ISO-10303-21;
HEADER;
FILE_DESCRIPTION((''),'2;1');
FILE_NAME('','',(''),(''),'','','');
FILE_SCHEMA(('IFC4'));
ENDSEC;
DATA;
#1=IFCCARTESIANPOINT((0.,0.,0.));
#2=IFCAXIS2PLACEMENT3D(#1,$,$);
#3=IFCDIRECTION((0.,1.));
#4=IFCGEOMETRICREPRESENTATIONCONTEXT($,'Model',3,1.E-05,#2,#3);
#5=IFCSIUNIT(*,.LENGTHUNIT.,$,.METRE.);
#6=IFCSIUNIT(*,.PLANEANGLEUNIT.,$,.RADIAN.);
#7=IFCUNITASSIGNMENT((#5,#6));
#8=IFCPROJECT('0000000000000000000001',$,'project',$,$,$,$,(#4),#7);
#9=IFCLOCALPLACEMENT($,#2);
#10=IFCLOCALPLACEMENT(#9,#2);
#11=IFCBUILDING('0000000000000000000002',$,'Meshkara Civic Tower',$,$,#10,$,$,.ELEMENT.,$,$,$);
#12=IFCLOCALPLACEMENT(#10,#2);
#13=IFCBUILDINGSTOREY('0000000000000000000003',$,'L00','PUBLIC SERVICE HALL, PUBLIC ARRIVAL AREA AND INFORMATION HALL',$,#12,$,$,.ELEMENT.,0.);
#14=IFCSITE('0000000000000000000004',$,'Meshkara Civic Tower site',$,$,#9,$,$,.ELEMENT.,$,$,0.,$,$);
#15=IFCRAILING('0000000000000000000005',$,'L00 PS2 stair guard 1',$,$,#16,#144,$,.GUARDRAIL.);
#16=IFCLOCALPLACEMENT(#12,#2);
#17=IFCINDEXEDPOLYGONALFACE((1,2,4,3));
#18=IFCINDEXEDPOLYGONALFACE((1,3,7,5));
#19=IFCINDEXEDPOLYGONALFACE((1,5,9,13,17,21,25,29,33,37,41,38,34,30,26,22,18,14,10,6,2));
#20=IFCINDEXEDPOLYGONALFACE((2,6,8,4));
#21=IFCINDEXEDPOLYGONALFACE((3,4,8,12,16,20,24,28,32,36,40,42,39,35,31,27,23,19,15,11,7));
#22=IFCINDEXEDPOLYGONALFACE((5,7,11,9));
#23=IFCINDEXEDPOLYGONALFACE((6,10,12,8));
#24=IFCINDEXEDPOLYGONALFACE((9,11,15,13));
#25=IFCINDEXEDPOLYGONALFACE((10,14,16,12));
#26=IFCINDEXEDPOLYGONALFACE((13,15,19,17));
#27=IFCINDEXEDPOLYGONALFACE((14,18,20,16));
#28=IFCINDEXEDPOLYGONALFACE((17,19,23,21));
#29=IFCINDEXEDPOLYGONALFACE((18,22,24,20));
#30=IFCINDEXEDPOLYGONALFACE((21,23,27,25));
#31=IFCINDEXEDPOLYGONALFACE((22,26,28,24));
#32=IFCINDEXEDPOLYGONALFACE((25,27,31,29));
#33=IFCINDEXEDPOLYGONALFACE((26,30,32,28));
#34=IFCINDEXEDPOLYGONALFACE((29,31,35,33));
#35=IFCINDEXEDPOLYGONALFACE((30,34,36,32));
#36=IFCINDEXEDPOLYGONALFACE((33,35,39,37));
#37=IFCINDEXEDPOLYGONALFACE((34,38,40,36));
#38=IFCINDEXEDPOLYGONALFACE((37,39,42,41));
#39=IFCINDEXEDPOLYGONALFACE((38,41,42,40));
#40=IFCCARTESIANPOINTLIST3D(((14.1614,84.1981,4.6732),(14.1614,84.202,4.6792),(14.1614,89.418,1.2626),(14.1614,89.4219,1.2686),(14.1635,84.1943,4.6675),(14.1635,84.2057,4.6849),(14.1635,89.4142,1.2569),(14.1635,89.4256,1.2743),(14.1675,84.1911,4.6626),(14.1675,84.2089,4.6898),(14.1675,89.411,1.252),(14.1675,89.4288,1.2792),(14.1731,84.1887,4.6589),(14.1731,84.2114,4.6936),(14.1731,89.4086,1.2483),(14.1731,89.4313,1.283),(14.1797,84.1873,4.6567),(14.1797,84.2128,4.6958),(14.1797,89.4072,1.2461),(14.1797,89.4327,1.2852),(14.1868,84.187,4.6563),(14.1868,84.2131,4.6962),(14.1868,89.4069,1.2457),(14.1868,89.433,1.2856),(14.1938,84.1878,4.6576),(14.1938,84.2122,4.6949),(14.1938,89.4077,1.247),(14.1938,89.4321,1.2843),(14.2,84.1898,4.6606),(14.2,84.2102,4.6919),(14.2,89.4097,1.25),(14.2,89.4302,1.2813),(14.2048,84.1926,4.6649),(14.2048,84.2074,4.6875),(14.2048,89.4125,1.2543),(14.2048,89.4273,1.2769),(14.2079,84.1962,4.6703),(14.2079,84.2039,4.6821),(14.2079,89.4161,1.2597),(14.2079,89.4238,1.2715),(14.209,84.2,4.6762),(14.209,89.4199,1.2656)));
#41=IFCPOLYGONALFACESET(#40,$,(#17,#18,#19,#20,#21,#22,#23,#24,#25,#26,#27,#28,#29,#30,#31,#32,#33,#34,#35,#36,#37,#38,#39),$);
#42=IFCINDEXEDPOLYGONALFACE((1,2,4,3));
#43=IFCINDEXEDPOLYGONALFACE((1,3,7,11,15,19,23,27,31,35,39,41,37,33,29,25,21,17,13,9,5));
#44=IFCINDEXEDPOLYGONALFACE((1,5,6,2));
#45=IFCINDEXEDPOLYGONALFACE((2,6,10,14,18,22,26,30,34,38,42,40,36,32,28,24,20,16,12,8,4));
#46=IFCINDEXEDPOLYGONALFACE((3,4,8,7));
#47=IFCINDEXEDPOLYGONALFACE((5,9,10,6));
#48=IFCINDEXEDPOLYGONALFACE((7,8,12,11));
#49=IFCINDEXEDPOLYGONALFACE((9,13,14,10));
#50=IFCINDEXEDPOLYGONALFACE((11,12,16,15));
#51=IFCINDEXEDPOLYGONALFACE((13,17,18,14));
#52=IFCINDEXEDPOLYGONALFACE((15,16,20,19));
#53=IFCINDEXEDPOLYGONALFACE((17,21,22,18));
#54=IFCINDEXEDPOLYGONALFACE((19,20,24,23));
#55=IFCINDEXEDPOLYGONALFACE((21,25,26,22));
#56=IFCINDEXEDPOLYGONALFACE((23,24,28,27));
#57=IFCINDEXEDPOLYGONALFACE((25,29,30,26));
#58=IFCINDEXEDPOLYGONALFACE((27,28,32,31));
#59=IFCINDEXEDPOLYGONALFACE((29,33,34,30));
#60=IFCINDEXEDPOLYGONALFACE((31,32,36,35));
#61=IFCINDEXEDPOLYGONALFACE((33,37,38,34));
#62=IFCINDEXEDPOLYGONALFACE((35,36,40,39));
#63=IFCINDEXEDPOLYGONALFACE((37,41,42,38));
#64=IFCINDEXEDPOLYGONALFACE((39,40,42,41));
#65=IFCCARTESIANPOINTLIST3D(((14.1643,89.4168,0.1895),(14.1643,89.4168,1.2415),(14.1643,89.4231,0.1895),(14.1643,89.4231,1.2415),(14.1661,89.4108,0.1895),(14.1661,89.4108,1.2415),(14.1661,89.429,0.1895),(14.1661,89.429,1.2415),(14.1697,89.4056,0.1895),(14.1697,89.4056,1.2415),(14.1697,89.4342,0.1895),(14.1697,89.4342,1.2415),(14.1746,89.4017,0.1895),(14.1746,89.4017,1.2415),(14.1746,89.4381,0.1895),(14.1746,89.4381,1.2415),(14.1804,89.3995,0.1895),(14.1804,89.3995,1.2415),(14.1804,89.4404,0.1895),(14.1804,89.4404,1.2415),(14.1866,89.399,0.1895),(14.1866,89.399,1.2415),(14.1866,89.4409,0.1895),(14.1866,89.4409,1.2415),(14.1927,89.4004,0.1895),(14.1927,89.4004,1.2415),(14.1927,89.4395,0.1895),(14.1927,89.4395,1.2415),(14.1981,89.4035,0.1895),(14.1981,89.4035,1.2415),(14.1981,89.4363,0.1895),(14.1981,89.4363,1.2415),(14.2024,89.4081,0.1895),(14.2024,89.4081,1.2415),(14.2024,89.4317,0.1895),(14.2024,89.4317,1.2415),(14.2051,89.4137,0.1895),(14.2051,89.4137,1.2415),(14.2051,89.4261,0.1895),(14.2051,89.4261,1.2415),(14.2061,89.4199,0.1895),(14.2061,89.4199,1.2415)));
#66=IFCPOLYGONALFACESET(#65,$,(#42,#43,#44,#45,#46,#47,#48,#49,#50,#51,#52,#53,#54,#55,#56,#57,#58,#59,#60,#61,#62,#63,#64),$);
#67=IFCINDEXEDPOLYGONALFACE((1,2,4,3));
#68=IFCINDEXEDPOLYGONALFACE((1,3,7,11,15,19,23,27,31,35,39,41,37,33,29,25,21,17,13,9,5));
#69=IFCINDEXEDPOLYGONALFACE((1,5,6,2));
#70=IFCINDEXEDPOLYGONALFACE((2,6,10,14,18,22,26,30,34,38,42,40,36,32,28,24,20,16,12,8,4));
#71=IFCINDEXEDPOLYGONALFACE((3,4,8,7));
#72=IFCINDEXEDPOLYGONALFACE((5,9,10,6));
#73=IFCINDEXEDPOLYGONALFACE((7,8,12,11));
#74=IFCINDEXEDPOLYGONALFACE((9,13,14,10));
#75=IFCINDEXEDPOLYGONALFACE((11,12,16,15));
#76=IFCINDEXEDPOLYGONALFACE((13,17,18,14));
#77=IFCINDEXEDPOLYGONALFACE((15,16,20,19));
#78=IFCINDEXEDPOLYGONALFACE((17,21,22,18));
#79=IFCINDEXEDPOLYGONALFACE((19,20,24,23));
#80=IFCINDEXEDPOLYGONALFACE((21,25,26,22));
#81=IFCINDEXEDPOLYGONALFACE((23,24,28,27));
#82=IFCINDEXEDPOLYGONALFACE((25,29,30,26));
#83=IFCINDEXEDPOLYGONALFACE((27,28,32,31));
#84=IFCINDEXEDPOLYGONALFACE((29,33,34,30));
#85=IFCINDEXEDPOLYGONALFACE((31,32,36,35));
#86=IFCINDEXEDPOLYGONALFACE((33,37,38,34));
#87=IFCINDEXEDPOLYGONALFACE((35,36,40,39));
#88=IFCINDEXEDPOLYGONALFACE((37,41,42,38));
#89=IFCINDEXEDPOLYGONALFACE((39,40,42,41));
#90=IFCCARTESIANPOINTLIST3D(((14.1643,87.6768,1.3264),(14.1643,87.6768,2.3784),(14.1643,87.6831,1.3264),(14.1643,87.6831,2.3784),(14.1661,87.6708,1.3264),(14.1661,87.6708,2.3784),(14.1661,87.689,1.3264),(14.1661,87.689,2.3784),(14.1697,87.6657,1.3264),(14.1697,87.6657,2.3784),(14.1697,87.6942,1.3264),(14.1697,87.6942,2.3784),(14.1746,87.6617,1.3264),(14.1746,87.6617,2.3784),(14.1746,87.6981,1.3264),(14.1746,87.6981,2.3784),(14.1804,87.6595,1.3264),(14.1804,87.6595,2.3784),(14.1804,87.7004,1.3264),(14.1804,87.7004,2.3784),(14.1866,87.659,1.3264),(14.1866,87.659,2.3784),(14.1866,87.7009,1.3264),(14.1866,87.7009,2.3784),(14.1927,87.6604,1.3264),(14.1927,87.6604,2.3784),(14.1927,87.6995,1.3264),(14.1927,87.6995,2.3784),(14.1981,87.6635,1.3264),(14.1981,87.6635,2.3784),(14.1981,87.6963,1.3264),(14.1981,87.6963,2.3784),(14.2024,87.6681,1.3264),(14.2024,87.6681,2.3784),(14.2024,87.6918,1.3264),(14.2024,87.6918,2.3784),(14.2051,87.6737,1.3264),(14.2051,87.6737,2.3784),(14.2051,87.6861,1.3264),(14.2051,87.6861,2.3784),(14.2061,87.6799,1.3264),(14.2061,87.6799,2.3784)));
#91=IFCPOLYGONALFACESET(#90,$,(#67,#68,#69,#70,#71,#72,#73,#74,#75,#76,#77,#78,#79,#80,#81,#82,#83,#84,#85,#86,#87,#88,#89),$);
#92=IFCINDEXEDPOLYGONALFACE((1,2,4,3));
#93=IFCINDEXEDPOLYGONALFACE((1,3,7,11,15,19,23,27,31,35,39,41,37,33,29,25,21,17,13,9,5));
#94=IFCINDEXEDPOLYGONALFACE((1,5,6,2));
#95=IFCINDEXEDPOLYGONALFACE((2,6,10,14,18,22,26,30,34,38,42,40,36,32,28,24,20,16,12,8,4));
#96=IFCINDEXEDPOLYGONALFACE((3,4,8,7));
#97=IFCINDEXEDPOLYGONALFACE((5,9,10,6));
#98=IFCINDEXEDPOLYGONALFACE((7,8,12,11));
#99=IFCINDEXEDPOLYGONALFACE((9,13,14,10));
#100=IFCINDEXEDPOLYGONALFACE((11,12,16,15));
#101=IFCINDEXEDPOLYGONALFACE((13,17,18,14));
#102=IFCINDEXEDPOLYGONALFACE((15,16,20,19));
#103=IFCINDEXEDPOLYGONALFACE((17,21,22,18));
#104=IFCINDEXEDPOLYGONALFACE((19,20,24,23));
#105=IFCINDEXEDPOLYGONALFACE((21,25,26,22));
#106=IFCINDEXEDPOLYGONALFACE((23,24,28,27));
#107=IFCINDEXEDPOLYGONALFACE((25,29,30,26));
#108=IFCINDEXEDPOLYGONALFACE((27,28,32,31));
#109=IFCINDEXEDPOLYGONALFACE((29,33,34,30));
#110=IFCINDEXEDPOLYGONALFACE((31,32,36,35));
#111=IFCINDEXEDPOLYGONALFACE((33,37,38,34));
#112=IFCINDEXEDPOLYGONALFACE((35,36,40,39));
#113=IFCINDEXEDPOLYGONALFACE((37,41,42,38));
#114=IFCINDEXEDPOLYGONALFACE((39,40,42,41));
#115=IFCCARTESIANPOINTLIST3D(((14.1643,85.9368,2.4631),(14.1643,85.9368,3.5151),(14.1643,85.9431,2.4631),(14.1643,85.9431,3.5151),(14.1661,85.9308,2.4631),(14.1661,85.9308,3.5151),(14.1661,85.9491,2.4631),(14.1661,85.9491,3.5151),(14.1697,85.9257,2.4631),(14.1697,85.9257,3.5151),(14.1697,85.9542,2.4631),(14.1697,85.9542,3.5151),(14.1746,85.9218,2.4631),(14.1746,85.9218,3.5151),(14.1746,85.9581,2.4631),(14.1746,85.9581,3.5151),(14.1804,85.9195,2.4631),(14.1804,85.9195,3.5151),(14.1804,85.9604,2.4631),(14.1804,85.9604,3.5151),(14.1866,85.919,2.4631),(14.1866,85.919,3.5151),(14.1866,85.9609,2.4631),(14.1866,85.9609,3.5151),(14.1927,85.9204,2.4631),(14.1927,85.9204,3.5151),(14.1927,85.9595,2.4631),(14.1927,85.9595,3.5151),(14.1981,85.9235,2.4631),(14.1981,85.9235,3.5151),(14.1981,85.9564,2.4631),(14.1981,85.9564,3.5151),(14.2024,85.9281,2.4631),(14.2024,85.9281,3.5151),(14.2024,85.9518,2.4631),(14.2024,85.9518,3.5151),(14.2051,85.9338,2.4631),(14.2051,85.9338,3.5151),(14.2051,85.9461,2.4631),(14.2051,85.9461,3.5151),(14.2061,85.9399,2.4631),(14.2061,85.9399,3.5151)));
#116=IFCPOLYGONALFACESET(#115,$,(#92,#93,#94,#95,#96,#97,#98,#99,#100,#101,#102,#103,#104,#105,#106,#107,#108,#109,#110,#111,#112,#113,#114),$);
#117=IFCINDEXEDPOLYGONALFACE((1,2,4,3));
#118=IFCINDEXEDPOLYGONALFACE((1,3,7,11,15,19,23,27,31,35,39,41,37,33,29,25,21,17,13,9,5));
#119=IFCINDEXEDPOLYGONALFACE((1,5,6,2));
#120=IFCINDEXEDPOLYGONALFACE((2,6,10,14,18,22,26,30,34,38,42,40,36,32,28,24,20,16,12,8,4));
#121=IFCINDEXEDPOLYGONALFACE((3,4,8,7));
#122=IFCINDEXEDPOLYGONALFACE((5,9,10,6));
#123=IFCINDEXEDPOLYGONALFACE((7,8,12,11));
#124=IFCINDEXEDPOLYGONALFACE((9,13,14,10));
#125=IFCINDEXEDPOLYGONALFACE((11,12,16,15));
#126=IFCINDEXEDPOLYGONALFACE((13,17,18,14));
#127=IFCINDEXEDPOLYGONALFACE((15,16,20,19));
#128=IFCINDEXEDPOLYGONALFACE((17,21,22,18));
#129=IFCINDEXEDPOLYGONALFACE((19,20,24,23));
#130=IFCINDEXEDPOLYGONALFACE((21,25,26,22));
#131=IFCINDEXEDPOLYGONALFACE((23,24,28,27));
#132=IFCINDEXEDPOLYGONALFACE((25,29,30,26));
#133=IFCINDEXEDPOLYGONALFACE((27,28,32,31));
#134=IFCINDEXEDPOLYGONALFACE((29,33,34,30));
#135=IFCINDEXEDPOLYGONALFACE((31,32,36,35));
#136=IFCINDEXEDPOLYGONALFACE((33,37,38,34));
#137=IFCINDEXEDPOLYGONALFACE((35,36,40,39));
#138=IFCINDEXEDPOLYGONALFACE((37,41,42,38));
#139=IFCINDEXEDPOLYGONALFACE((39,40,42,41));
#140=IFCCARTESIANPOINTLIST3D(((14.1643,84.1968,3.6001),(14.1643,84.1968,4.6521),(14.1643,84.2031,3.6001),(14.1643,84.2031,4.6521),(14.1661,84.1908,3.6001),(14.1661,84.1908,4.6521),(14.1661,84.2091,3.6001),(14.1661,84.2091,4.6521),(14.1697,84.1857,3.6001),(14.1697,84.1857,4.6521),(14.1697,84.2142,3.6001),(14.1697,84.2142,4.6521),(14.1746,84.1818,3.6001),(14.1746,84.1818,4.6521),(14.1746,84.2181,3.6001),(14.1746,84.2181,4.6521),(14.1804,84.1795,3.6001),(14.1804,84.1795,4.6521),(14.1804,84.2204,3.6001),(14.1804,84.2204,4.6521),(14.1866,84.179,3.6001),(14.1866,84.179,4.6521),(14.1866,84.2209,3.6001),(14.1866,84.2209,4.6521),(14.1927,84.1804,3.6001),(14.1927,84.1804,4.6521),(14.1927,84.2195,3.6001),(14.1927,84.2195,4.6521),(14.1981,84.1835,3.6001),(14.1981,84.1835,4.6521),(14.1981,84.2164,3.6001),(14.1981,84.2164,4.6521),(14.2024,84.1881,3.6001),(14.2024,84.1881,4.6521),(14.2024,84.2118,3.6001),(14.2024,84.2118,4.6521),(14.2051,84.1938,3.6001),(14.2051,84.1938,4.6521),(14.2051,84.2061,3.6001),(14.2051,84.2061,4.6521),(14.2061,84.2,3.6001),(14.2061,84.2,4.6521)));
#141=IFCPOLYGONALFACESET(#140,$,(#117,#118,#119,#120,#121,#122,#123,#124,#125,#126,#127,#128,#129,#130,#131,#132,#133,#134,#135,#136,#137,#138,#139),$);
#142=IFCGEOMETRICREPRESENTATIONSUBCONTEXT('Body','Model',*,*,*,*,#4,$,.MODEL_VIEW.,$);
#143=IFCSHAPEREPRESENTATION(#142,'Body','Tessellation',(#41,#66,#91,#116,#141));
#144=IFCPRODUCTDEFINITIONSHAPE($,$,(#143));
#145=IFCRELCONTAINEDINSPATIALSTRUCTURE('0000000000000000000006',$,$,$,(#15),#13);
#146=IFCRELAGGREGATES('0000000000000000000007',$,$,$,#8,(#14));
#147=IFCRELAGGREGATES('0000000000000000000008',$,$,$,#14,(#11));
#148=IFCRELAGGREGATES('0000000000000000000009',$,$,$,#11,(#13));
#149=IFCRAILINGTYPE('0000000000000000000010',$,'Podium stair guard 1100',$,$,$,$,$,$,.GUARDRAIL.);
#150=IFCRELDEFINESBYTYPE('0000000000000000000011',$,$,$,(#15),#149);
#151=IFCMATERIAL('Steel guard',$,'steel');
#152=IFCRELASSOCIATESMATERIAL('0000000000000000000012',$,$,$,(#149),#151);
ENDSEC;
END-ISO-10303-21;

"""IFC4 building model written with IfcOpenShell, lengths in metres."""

from ifc_helpers import new_model, si_unit, direction, frame, origin, origin_2d, place, context, subcontext, project, spatial, circle, extrude, material, type_object, element, save


model = new_model("IFC4")

# Units and contexts
model_context = context("Model", 3, precision=1e-05, world=origin(), true_north=direction((0.0, 1.0)))
body_context = subcontext(model_context, "Body", "Model", "MODEL_VIEW")
ifc_project = project(units=[si_unit("LENGTHUNIT", "METRE"), si_unit("PLANEANGLEUNIT", "RADIAN")], contexts=[model_context])

# Site, building, storey
site_placement = place(None, origin())
site = spatial("IfcSite", under=ifc_project, at=site_placement, Name="Meshkara Civic Tower site", CompositionType="ELEMENT", RefElevation=0.0)
building_placement = place(site_placement, origin())
building = spatial("IfcBuilding", under=site, at=building_placement, Name="Meshkara Civic Tower", CompositionType="ELEMENT")
storey_placement = place(building_placement, origin())
storey = spatial("IfcBuildingStorey", under=building, at=storey_placement, Name="L00", Description="PUBLIC SERVICE HALL, PUBLIC ARRIVAL AREA AND INFORMATION HALL", CompositionType="ELEMENT", Elevation=0.0)

# Railing
ifc_material_1 = material(Name="Steel guard", Category="steel")
railing_type_1 = type_object("IfcRailingType", Name="Podium stair guard 1100", PredefinedType="GUARDRAIL", material=ifc_material_1)
railing_1_placement = place(storey_placement, frame((14.1851, 89.4199, 0.1895)))
element("IfcRailing", 1, at=railing_1_placement, inside=storey, type_object=railing_type_1, Name="L00 PS2 stair guard 1", PredefinedType="GUARDRAIL", context=body_context, shape_type="SweptSolid", body=[
    extrude(circle(Radius=0.0239, at=origin_2d()), frame((0.0, 0.0, 1.0762), z_axis=(0.0, -0.837147, 0.546978), x_axis=(1.0, 0.0, 0.0)), (0.0, 0.0, 1.0), 6.2354),
    extrude(circle(Radius=0.021, at=origin_2d()), origin(), (0.0, 0.0, 1.0), 1.052),
    extrude(circle(Radius=0.021, at=origin_2d()), frame((0.0, -1.74, 1.137)), (0.0, 0.0, 1.0), 1.052),
    extrude(circle(Radius=0.021, at=origin_2d()), frame((0.0, -3.48, 2.2737)), (0.0, 0.0, 1.0), 1.052),
    extrude(circle(Radius=0.021, at=origin_2d()), frame((0.0, -5.22, 3.4106)), (0.0, 0.0, 1.0), 1.052),
])

save(model, "model.ifc")
